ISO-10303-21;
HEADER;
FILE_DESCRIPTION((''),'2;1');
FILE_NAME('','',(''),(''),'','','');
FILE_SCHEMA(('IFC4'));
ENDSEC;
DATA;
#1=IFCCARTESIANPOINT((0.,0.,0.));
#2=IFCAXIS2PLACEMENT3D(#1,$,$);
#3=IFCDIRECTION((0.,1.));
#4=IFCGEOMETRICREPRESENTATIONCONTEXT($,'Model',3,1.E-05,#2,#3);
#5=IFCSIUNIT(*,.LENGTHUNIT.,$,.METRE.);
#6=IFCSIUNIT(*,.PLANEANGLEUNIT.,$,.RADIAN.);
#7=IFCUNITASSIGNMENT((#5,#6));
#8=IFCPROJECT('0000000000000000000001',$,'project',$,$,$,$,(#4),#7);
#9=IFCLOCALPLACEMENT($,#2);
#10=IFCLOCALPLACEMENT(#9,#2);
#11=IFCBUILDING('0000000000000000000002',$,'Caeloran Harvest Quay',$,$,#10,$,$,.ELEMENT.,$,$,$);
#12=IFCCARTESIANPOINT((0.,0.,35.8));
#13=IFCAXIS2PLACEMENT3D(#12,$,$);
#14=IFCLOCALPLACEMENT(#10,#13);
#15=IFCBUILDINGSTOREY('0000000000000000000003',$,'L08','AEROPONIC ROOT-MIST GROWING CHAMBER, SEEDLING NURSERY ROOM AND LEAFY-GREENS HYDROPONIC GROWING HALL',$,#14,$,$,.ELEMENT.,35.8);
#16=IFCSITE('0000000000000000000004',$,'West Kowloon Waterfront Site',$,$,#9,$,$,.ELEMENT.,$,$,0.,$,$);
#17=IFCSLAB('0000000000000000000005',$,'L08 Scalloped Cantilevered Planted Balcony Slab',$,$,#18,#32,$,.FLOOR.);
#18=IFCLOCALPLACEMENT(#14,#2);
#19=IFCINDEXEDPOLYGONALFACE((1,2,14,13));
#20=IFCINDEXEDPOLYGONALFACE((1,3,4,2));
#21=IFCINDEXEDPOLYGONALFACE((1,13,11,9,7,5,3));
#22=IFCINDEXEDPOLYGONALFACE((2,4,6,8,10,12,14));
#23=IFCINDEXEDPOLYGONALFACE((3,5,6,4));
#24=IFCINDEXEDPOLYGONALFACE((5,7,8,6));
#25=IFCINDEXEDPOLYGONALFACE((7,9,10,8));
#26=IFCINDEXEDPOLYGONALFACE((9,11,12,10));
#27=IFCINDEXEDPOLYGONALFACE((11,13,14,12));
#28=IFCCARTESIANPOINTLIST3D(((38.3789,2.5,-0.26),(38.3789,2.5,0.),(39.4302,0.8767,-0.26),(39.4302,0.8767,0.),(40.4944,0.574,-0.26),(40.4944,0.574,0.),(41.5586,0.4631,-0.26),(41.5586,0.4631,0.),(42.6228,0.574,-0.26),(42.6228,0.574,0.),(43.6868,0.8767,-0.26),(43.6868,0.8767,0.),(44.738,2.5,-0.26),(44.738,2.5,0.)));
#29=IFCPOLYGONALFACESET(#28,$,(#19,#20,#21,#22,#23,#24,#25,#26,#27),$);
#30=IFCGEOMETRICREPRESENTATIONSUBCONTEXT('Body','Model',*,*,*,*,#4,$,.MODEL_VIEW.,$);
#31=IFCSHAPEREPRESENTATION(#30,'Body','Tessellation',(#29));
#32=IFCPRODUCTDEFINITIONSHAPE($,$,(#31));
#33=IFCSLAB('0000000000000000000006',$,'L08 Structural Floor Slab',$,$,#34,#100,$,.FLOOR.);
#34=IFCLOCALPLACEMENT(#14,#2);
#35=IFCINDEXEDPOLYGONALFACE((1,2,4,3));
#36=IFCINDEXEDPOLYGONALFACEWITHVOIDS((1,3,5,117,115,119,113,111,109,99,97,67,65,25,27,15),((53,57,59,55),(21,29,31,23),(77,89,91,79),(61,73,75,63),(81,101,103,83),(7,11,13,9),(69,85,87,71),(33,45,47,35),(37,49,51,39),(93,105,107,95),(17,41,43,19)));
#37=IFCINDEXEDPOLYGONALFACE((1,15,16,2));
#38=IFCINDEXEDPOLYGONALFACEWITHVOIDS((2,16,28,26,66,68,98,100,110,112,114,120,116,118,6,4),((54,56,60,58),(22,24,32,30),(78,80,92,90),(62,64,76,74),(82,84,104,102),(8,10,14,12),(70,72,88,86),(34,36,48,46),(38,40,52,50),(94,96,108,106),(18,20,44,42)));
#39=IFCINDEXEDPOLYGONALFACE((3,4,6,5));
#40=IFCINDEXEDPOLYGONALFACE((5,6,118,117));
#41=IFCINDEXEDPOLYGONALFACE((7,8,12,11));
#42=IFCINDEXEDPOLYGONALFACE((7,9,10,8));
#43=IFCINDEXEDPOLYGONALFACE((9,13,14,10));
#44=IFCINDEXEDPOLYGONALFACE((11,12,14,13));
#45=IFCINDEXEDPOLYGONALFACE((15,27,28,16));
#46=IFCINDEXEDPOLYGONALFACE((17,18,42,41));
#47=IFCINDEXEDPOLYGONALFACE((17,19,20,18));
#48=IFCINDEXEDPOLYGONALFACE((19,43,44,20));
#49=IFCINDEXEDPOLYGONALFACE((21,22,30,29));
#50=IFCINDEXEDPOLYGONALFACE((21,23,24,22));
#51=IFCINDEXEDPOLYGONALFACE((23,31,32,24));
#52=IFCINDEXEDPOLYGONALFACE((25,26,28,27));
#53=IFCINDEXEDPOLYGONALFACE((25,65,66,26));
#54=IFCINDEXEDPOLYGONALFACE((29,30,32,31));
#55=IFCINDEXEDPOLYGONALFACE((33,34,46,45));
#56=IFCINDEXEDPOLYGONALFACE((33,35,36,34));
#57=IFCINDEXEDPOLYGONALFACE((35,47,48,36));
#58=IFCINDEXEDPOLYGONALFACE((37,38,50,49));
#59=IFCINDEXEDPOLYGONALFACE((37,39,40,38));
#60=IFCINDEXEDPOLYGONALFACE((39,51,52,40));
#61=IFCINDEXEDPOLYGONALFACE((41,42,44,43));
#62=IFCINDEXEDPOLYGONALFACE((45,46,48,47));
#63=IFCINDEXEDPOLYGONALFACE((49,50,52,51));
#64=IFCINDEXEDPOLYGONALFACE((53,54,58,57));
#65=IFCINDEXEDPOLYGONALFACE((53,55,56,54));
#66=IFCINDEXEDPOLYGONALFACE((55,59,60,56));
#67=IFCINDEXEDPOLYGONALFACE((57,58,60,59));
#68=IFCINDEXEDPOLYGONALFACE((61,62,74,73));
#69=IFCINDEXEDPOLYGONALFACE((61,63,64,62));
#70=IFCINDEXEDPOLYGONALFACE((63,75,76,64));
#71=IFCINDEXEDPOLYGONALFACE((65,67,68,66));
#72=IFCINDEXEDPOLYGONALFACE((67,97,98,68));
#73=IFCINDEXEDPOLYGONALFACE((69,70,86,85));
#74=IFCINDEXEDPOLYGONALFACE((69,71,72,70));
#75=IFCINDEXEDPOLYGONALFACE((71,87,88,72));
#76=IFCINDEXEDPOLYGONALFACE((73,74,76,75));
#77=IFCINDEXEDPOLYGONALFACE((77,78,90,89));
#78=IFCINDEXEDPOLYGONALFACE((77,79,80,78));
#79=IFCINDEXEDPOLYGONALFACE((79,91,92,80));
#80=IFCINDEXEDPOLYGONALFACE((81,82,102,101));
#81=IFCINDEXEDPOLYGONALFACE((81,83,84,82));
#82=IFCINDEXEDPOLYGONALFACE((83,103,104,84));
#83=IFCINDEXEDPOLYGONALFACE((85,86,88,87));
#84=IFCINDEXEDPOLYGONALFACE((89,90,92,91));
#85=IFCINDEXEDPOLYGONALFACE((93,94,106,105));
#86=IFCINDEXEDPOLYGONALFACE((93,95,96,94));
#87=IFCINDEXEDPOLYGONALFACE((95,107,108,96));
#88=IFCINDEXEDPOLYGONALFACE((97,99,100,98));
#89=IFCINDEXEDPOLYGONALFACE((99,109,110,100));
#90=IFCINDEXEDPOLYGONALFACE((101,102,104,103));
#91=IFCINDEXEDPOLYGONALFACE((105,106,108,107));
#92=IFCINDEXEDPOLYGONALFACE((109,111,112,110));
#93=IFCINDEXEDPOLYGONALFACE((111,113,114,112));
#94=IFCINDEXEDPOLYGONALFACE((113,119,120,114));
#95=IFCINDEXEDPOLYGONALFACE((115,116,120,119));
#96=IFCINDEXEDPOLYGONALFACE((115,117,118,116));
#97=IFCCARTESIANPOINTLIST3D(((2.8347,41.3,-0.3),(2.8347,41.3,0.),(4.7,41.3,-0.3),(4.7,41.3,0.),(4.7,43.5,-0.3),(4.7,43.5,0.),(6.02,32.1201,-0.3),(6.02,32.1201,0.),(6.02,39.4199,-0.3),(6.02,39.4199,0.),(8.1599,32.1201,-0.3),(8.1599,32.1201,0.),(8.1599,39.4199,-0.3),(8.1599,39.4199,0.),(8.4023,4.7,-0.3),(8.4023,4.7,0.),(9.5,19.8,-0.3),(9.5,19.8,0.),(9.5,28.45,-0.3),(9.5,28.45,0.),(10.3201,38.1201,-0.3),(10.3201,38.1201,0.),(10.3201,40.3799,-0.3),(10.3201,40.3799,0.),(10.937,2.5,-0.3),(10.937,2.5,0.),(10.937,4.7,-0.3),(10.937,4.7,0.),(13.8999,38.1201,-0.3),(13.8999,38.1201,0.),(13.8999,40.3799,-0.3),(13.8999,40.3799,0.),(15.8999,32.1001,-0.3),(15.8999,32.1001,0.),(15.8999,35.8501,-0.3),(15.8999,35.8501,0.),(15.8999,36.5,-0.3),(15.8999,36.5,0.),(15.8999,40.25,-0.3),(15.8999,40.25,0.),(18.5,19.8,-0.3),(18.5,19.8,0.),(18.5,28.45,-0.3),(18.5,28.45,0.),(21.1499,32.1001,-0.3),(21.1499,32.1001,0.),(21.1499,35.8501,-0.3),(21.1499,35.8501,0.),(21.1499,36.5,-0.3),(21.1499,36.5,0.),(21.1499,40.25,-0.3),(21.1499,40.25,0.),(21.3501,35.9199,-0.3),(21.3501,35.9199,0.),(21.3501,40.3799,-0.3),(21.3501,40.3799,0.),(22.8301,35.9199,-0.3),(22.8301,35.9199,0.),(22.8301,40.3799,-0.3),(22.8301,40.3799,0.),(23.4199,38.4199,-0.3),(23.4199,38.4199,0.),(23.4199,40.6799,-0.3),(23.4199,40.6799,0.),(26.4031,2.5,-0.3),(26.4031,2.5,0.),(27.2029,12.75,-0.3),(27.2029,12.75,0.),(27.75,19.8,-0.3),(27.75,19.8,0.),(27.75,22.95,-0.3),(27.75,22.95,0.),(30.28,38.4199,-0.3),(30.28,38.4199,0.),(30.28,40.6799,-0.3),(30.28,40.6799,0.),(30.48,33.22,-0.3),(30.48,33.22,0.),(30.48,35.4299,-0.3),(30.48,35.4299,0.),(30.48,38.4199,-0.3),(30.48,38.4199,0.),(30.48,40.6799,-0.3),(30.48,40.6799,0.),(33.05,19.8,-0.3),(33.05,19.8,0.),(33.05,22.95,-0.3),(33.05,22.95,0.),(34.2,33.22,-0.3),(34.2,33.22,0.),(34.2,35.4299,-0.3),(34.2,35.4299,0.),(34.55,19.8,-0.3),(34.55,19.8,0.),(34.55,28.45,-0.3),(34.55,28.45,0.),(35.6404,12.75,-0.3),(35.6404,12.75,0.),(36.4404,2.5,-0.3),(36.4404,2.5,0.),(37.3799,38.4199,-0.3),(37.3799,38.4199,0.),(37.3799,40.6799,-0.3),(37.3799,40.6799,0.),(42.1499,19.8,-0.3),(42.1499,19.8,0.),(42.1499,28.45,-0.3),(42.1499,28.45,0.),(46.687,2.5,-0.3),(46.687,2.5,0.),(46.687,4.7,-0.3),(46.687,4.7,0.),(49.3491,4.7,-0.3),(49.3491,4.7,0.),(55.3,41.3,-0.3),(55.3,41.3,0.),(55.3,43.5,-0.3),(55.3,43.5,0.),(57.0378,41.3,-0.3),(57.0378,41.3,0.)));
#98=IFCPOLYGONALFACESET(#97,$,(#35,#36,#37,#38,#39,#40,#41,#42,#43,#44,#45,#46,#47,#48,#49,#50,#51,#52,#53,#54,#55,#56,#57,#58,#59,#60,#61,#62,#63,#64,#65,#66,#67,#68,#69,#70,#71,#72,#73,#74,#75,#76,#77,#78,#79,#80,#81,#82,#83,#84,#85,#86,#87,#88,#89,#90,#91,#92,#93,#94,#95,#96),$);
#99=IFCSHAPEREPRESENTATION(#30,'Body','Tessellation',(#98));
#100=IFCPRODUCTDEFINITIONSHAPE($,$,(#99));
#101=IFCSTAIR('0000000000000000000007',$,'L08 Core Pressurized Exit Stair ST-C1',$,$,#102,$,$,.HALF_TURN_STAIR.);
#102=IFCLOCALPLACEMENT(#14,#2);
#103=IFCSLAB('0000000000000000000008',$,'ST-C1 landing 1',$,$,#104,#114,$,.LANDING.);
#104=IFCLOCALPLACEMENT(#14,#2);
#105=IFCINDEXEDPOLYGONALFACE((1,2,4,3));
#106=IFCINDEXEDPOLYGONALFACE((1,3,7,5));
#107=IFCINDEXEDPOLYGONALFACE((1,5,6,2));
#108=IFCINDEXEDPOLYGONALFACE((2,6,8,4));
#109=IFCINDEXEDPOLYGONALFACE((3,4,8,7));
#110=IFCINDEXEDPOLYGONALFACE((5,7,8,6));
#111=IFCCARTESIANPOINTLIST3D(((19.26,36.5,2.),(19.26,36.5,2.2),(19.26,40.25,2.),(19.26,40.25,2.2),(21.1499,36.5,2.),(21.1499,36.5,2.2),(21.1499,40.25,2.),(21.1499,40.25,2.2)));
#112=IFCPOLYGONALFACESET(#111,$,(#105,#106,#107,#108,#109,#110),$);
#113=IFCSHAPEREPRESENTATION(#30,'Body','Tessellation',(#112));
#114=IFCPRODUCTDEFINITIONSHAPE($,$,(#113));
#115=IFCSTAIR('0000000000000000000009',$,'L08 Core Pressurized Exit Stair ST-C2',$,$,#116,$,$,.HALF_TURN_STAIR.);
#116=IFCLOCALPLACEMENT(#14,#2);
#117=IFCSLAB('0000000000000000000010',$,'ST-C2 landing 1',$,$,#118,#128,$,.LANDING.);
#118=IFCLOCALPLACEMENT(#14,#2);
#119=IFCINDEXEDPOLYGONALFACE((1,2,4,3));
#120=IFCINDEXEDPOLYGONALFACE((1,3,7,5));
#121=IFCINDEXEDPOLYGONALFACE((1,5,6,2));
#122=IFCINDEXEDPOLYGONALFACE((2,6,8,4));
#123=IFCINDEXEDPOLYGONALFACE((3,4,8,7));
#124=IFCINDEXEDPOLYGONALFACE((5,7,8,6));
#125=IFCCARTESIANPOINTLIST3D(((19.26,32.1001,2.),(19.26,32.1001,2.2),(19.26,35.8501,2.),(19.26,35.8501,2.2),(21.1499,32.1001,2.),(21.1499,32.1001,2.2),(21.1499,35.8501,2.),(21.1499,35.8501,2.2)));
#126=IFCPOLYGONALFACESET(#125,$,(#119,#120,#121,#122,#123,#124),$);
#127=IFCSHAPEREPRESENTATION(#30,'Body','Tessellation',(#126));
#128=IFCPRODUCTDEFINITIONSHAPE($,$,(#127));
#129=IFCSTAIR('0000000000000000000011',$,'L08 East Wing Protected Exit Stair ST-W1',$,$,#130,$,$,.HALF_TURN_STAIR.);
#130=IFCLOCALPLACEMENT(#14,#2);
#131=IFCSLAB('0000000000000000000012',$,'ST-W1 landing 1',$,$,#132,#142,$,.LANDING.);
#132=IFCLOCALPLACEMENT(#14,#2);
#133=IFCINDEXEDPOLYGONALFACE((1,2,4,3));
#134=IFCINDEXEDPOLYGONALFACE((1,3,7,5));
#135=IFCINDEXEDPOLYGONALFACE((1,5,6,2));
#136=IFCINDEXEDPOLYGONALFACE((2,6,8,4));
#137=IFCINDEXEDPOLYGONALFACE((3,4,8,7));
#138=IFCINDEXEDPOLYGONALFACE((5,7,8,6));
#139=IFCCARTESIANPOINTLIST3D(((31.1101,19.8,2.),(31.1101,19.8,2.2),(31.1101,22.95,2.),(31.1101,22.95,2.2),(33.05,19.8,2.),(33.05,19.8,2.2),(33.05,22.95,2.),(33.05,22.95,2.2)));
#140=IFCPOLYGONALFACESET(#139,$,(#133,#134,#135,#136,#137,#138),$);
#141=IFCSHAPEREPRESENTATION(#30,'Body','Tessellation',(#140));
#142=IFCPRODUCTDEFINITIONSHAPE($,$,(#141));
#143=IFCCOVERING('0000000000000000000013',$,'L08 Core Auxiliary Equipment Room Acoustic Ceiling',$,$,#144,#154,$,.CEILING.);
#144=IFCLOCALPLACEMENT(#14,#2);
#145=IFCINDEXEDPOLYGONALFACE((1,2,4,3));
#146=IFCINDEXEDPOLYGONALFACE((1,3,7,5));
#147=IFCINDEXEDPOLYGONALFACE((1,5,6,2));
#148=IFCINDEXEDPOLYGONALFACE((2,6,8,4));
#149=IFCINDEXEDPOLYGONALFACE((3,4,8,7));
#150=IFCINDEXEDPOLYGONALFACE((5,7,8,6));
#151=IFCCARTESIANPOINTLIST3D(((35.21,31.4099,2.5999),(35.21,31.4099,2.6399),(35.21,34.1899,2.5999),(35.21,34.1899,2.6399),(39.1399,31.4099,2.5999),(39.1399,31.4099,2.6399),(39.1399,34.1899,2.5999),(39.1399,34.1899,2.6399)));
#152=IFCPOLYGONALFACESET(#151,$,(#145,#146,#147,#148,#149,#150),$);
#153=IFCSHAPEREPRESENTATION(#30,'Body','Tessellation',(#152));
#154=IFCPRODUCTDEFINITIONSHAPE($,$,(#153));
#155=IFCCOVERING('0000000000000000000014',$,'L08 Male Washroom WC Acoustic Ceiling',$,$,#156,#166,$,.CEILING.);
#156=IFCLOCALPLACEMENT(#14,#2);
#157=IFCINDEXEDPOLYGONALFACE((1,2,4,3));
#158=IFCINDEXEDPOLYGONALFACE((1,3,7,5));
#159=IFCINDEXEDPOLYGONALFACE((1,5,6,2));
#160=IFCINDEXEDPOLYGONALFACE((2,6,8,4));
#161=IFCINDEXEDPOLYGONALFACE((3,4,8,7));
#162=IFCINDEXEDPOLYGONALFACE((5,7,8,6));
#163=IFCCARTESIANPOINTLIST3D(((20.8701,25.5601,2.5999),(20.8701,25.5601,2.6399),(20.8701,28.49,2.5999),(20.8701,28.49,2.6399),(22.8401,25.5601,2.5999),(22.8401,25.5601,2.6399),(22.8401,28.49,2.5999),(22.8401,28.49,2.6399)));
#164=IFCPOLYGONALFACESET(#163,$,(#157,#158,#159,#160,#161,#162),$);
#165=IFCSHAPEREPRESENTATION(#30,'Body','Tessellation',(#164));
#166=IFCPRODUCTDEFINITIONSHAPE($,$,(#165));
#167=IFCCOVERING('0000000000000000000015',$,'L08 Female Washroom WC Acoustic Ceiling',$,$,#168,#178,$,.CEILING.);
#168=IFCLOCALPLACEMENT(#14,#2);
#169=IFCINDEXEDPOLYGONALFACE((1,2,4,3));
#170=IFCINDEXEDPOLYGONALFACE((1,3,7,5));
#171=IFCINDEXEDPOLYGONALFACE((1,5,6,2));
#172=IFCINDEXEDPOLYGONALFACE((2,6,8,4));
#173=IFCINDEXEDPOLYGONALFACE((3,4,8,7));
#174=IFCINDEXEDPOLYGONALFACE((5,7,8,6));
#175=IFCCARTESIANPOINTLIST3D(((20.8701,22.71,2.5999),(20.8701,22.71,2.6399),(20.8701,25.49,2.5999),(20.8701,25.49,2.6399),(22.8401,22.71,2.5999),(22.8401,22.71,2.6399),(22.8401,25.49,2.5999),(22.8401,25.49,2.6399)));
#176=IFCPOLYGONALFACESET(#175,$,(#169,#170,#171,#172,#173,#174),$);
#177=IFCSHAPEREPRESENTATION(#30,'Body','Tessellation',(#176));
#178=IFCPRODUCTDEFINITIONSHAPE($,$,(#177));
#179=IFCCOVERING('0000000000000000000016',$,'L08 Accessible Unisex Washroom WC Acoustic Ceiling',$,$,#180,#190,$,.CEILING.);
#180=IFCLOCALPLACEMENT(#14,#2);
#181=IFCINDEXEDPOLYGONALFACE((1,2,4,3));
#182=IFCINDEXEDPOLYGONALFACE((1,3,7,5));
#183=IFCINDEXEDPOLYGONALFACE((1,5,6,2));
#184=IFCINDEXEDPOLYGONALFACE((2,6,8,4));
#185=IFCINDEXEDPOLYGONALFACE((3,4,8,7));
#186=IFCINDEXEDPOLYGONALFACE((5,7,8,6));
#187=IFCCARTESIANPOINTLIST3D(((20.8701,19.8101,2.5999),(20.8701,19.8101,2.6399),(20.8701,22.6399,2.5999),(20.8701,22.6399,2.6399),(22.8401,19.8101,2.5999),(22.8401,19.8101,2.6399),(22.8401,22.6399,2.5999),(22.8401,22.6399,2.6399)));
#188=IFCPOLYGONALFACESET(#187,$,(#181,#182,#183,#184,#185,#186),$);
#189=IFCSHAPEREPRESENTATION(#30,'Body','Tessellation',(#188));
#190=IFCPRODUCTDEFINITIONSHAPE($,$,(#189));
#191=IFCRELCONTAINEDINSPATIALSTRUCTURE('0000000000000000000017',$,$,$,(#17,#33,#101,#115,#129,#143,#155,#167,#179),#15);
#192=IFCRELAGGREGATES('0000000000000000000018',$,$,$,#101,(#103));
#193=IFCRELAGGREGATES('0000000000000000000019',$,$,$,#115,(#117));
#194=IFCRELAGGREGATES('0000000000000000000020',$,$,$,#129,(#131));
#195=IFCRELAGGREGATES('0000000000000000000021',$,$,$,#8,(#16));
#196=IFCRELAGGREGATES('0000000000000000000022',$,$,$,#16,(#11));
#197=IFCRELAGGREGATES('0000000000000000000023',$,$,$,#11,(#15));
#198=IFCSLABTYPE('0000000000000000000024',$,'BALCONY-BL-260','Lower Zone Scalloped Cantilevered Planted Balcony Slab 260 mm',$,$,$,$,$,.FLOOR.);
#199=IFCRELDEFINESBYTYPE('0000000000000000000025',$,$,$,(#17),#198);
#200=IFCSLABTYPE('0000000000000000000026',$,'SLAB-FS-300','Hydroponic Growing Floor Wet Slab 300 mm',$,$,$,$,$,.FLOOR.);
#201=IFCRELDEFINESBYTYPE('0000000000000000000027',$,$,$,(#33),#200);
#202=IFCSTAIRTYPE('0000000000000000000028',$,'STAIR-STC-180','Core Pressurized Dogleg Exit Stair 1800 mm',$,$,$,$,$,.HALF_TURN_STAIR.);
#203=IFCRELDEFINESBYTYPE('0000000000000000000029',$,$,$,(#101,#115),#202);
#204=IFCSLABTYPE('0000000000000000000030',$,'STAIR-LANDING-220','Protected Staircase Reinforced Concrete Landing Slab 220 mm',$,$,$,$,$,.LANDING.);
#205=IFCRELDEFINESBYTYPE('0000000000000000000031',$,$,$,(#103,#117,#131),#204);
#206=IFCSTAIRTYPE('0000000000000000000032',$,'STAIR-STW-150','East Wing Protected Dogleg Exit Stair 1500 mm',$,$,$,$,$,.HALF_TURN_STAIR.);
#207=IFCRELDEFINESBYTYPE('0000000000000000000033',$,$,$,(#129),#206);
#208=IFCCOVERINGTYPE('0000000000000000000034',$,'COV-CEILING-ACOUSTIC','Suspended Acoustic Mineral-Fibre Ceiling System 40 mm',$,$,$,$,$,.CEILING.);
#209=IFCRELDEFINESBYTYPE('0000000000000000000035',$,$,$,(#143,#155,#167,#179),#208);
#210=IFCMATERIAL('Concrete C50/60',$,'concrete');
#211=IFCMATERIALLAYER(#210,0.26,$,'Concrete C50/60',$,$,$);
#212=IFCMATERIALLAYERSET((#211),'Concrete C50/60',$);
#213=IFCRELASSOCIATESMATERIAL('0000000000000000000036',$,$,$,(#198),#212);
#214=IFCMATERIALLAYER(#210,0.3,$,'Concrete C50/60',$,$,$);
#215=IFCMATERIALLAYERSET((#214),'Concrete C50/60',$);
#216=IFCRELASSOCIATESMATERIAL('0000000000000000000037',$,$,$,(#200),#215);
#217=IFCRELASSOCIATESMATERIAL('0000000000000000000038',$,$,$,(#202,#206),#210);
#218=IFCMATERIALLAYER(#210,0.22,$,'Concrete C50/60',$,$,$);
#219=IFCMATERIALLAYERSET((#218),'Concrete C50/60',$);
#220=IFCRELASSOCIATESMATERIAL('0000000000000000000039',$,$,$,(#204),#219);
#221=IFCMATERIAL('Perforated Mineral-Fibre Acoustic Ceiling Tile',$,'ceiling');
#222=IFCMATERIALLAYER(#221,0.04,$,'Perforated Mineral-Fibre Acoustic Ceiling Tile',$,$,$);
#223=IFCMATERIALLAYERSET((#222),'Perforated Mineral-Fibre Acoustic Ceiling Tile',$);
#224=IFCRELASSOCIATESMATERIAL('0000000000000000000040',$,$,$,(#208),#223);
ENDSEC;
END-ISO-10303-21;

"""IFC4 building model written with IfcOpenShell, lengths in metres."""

from ifc_helpers import new_model, si_unit, direction, frame, origin, place, context, subcontext, project, spatial, polyline, outline, extrude, material, layer, layer_set, type_object, element, aggregate, save


model = new_model("IFC4")

# Units and contexts
model_context = context("Model", 3, precision=1e-05, world=origin(), true_north=direction((0.0, 1.0)))
body_context = subcontext(model_context, "Body", "Model", "MODEL_VIEW")
ifc_project = project(units=[si_unit("LENGTHUNIT", "METRE"), si_unit("PLANEANGLEUNIT", "RADIAN")], contexts=[model_context])

# Site, building, storey
site_placement = place(None, origin())
site = spatial("IfcSite", under=ifc_project, at=site_placement, Name="West Kowloon Waterfront Site", CompositionType="ELEMENT", RefElevation=0.0)
building_placement = place(site_placement, origin())
building = spatial("IfcBuilding", under=site, at=building_placement, Name="Caeloran Harvest Quay", CompositionType="ELEMENT")
storey_placement = place(building_placement, frame((0.0, 0.0, 35.8)))
storey = spatial("IfcBuildingStorey", under=building, at=storey_placement, Name="L08", Description="AEROPONIC ROOT-MIST GROWING CHAMBER, SEEDLING NURSERY ROOM AND LEAFY-GREENS HYDROPONIC GROWING HALL", CompositionType="ELEMENT", Elevation=35.8)

# Slabs
ifc_material_1 = material(Name="Concrete C50/60", Category="concrete")
ifc_layer_1 = layer(ifc_material_1, 0.26, Name="Concrete C50/60")
ifc_layer_set_1 = layer_set([ifc_layer_1], Name="Concrete C50/60")
slab_type_1 = type_object("IfcSlabType", Name="BALCONY-BL-260", Description="Lower Zone Scalloped Cantilevered Planted Balcony Slab 260 mm", PredefinedType="FLOOR", material=ifc_layer_set_1)
slab_1_placement = place(storey_placement, frame((0.0, 0.0, -0.26)))
element("IfcSlab", 1, at=slab_1_placement, inside=storey, type_object=slab_type_1, Name="L08 Scalloped Cantilevered Planted Balcony Slab", PredefinedType="FLOOR", context=body_context, shape_type="SweptSolid", body=[
    extrude(outline(polyline([(43.6868, 0.8767), (42.6228, 0.574), (41.5586, 0.4631), (40.4944, 0.574), (39.4302, 0.8767), (38.3789, 2.5), (44.738, 2.5), (43.6868, 0.8767)])), origin(), (0.0, 0.0, 1.0), 0.26),
])
ifc_layer_2 = layer(ifc_material_1, 0.3, Name="Concrete C50/60")
ifc_layer_set_2 = layer_set([ifc_layer_2], Name="Concrete C50/60")
slab_type_2 = type_object("IfcSlabType", Name="SLAB-FS-300", Description="Hydroponic Growing Floor Wet Slab 300 mm", PredefinedType="FLOOR", material=ifc_layer_set_2)
slab_2_placement = place(storey_placement, frame((0.0, 0.0, -0.3)))
element("IfcSlab", 2, at=slab_2_placement, inside=storey, type_object=slab_type_2, Name="L08 Structural Floor Slab", PredefinedType="FLOOR", context=body_context, shape_type="SweptSolid", body=[
    extrude(outline(polyline([(10.937, 2.5), (26.4031, 2.5), (27.2029, 12.75), (35.6404, 12.75), (36.4404, 2.5), (46.687, 2.5), (46.687, 4.7), (49.3491, 4.7), (57.0378, 41.3), (55.3, 41.3), (55.3, 43.5), (4.7, 43.5), (4.7, 41.3), (2.8347, 41.3), (8.4023, 4.7), (10.937, 4.7), (10.937, 2.5)]), holes=[polyline([(18.5, 19.8), (9.5, 19.8), (9.5, 28.45), (18.5, 28.45), (18.5, 19.8)]), polyline([(15.8999, 32.1001), (15.8999, 35.8501), (21.1499, 35.8501), (21.1499, 32.1001), (15.8999, 32.1001)]), polyline([(8.1599, 32.1201), (6.02, 32.1201), (6.02, 39.4199), (8.1599, 39.4199), (8.1599, 32.1201)]), polyline([(21.3501, 35.9199), (21.3501, 40.3799), (22.8301, 40.3799), (22.8301, 35.9199), (21.3501, 35.9199)]), polyline([(15.8999, 40.25), (21.1499, 40.25), (21.1499, 36.5), (15.8999, 36.5), (15.8999, 40.25)]), polyline([(13.8999, 38.1201), (10.3201, 38.1201), (10.3201, 40.3799), (13.8999, 40.3799), (13.8999, 38.1201)]), polyline([(27.75, 22.95), (33.05, 22.95), (33.05, 19.8), (27.75, 19.8), (27.75, 22.95)]), polyline([(34.55, 19.8), (34.55, 28.45), (42.1499, 28.45), (42.1499, 19.8), (34.55, 19.8)]), polyline([(34.2, 33.22), (30.48, 33.22), (30.48, 35.4299), (34.2, 35.4299), (34.2, 33.22)]), polyline([(23.4199, 38.4199), (23.4199, 40.6799), (30.28, 40.6799), (30.28, 38.4199), (23.4199, 38.4199)]), polyline([(30.48, 38.4199), (30.48, 40.6799), (37.3799, 40.6799), (37.3799, 38.4199), (30.48, 38.4199)])]), origin(), (0.0, 0.0, 1.0), 0.3),
])

# Stairs, slabs
stair_type_1 = type_object("IfcStairType", Name="STAIR-STC-180", Description="Core Pressurized Dogleg Exit Stair 1800 mm", PredefinedType="HALF_TURN_STAIR", material=ifc_material_1)
stair_1_placement = place(storey_placement, origin())
stair_1 = element("IfcStair", 3, at=stair_1_placement, inside=storey, type_object=stair_type_1, Name="L08 Core Pressurized Exit Stair ST-C1", PredefinedType="HALF_TURN_STAIR")
ifc_layer_3 = layer(ifc_material_1, 0.22, Name="Concrete C50/60")
ifc_layer_set_3 = layer_set([ifc_layer_3], Name="Concrete C50/60")
slab_type_3 = type_object("IfcSlabType", Name="STAIR-LANDING-220", Description="Protected Staircase Reinforced Concrete Landing Slab 220 mm", PredefinedType="LANDING", material=ifc_layer_set_3)
slab_3_placement = place(storey_placement, frame((0.0, 0.0, 2.0)))
slab_3 = element("IfcSlab", 4, at=slab_3_placement, type_object=slab_type_3, Name="ST-C1 landing 1", PredefinedType="LANDING", context=body_context, shape_type="SweptSolid", body=[
    extrude(outline(polyline([(19.26, 36.5), (21.1499, 36.5), (21.1499, 40.25), (19.26, 40.25), (19.26, 36.5)])), origin(), (0.0, 0.0, 1.0), 0.2),
])
aggregate(stair_1, [slab_3])
stair_2_placement = place(storey_placement, origin())
stair_2 = element("IfcStair", 5, at=stair_2_placement, inside=storey, type_object=stair_type_1, Name="L08 Core Pressurized Exit Stair ST-C2", PredefinedType="HALF_TURN_STAIR")
slab_4_placement = place(storey_placement, frame((0.0, 0.0, 2.0)))
slab_4 = element("IfcSlab", 6, at=slab_4_placement, type_object=slab_type_3, Name="ST-C2 landing 1", PredefinedType="LANDING", context=body_context, shape_type="SweptSolid", body=[
    extrude(outline(polyline([(19.26, 32.1001), (21.1499, 32.1001), (21.1499, 35.8501), (19.26, 35.8501), (19.26, 32.1001)])), origin(), (0.0, 0.0, 1.0), 0.2),
])
aggregate(stair_2, [slab_4])
stair_type_2 = type_object("IfcStairType", Name="STAIR-STW-150", Description="East Wing Protected Dogleg Exit Stair 1500 mm", PredefinedType="HALF_TURN_STAIR", material=ifc_material_1)
stair_3_placement = place(storey_placement, origin())
stair_3 = element("IfcStair", 7, at=stair_3_placement, inside=storey, type_object=stair_type_2, Name="L08 East Wing Protected Exit Stair ST-W1", PredefinedType="HALF_TURN_STAIR")
slab_5_placement = place(storey_placement, frame((0.0, 0.0, 2.0)))
slab_5 = element("IfcSlab", 8, at=slab_5_placement, type_object=slab_type_3, Name="ST-W1 landing 1", PredefinedType="LANDING", context=body_context, shape_type="SweptSolid", body=[
    extrude(outline(polyline([(31.1101, 19.8), (33.05, 19.8), (33.05, 22.95), (31.1101, 22.95), (31.1101, 19.8)])), origin(), (0.0, 0.0, 1.0), 0.2),
])
aggregate(stair_3, [slab_5])

# Coverings
ifc_material_2 = material(Name="Perforated Mineral-Fibre Acoustic Ceiling Tile", Category="ceiling")
ifc_layer_4 = layer(ifc_material_2, 0.04, Name="Perforated Mineral-Fibre Acoustic Ceiling Tile")
ifc_layer_set_4 = layer_set([ifc_layer_4], Name="Perforated Mineral-Fibre Acoustic Ceiling Tile")
covering_type_1 = type_object("IfcCoveringType", Name="COV-CEILING-ACOUSTIC", Description="Suspended Acoustic Mineral-Fibre Ceiling System 40 mm", PredefinedType="CEILING", material=ifc_layer_set_4)
covering_1_placement = place(storey_placement, frame((0.0, 0.0, 2.5999)))
element("IfcCovering", 9, at=covering_1_placement, inside=storey, type_object=covering_type_1, Name="L08 Core Auxiliary Equipment Room Acoustic Ceiling", PredefinedType="CEILING", context=body_context, shape_type="SweptSolid", body=[
    extrude(outline(polyline([(39.1399, 34.1899), (39.1399, 31.4099), (35.21, 31.4099), (35.21, 34.1899), (39.1399, 34.1899)])), origin(), (0.0, 0.0, 1.0), 0.04),
])
covering_2_placement = place(storey_placement, frame((0.0, 0.0, 2.5999)))
element("IfcCovering", 10, at=covering_2_placement, inside=storey, type_object=covering_type_1, Name="L08 Male Washroom WC Acoustic Ceiling", PredefinedType="CEILING", context=body_context, shape_type="SweptSolid", body=[
    extrude(outline(polyline([(22.8401, 25.5601), (20.8701, 25.5601), (20.8701, 28.49), (22.8401, 28.49), (22.8401, 25.5601)])), origin(), (0.0, 0.0, 1.0), 0.04),
])
covering_3_placement = place(storey_placement, frame((0.0, 0.0, 2.5999)))
element("IfcCovering", 11, at=covering_3_placement, inside=storey, type_object=covering_type_1, Name="L08 Female Washroom WC Acoustic Ceiling", PredefinedType="CEILING", context=body_context, shape_type="SweptSolid", body=[
    extrude(outline(polyline([(22.8401, 22.71), (20.8701, 22.71), (20.8701, 25.49), (22.8401, 25.49), (22.8401, 22.71)])), origin(), (0.0, 0.0, 1.0), 0.04),
])
covering_4_placement = place(storey_placement, frame((0.0, 0.0, 2.5999)))
element("IfcCovering", 12, at=covering_4_placement, inside=storey, type_object=covering_type_1, Name="L08 Accessible Unisex Washroom WC Acoustic Ceiling", PredefinedType="CEILING", context=body_context, shape_type="SweptSolid", body=[
    extrude(outline(polyline([(22.8401, 19.8101), (20.8701, 19.8101), (20.8701, 22.6399), (22.8401, 22.6399), (22.8401, 19.8101)])), origin(), (0.0, 0.0, 1.0), 0.04),
])

save(model, "model.ifc")
